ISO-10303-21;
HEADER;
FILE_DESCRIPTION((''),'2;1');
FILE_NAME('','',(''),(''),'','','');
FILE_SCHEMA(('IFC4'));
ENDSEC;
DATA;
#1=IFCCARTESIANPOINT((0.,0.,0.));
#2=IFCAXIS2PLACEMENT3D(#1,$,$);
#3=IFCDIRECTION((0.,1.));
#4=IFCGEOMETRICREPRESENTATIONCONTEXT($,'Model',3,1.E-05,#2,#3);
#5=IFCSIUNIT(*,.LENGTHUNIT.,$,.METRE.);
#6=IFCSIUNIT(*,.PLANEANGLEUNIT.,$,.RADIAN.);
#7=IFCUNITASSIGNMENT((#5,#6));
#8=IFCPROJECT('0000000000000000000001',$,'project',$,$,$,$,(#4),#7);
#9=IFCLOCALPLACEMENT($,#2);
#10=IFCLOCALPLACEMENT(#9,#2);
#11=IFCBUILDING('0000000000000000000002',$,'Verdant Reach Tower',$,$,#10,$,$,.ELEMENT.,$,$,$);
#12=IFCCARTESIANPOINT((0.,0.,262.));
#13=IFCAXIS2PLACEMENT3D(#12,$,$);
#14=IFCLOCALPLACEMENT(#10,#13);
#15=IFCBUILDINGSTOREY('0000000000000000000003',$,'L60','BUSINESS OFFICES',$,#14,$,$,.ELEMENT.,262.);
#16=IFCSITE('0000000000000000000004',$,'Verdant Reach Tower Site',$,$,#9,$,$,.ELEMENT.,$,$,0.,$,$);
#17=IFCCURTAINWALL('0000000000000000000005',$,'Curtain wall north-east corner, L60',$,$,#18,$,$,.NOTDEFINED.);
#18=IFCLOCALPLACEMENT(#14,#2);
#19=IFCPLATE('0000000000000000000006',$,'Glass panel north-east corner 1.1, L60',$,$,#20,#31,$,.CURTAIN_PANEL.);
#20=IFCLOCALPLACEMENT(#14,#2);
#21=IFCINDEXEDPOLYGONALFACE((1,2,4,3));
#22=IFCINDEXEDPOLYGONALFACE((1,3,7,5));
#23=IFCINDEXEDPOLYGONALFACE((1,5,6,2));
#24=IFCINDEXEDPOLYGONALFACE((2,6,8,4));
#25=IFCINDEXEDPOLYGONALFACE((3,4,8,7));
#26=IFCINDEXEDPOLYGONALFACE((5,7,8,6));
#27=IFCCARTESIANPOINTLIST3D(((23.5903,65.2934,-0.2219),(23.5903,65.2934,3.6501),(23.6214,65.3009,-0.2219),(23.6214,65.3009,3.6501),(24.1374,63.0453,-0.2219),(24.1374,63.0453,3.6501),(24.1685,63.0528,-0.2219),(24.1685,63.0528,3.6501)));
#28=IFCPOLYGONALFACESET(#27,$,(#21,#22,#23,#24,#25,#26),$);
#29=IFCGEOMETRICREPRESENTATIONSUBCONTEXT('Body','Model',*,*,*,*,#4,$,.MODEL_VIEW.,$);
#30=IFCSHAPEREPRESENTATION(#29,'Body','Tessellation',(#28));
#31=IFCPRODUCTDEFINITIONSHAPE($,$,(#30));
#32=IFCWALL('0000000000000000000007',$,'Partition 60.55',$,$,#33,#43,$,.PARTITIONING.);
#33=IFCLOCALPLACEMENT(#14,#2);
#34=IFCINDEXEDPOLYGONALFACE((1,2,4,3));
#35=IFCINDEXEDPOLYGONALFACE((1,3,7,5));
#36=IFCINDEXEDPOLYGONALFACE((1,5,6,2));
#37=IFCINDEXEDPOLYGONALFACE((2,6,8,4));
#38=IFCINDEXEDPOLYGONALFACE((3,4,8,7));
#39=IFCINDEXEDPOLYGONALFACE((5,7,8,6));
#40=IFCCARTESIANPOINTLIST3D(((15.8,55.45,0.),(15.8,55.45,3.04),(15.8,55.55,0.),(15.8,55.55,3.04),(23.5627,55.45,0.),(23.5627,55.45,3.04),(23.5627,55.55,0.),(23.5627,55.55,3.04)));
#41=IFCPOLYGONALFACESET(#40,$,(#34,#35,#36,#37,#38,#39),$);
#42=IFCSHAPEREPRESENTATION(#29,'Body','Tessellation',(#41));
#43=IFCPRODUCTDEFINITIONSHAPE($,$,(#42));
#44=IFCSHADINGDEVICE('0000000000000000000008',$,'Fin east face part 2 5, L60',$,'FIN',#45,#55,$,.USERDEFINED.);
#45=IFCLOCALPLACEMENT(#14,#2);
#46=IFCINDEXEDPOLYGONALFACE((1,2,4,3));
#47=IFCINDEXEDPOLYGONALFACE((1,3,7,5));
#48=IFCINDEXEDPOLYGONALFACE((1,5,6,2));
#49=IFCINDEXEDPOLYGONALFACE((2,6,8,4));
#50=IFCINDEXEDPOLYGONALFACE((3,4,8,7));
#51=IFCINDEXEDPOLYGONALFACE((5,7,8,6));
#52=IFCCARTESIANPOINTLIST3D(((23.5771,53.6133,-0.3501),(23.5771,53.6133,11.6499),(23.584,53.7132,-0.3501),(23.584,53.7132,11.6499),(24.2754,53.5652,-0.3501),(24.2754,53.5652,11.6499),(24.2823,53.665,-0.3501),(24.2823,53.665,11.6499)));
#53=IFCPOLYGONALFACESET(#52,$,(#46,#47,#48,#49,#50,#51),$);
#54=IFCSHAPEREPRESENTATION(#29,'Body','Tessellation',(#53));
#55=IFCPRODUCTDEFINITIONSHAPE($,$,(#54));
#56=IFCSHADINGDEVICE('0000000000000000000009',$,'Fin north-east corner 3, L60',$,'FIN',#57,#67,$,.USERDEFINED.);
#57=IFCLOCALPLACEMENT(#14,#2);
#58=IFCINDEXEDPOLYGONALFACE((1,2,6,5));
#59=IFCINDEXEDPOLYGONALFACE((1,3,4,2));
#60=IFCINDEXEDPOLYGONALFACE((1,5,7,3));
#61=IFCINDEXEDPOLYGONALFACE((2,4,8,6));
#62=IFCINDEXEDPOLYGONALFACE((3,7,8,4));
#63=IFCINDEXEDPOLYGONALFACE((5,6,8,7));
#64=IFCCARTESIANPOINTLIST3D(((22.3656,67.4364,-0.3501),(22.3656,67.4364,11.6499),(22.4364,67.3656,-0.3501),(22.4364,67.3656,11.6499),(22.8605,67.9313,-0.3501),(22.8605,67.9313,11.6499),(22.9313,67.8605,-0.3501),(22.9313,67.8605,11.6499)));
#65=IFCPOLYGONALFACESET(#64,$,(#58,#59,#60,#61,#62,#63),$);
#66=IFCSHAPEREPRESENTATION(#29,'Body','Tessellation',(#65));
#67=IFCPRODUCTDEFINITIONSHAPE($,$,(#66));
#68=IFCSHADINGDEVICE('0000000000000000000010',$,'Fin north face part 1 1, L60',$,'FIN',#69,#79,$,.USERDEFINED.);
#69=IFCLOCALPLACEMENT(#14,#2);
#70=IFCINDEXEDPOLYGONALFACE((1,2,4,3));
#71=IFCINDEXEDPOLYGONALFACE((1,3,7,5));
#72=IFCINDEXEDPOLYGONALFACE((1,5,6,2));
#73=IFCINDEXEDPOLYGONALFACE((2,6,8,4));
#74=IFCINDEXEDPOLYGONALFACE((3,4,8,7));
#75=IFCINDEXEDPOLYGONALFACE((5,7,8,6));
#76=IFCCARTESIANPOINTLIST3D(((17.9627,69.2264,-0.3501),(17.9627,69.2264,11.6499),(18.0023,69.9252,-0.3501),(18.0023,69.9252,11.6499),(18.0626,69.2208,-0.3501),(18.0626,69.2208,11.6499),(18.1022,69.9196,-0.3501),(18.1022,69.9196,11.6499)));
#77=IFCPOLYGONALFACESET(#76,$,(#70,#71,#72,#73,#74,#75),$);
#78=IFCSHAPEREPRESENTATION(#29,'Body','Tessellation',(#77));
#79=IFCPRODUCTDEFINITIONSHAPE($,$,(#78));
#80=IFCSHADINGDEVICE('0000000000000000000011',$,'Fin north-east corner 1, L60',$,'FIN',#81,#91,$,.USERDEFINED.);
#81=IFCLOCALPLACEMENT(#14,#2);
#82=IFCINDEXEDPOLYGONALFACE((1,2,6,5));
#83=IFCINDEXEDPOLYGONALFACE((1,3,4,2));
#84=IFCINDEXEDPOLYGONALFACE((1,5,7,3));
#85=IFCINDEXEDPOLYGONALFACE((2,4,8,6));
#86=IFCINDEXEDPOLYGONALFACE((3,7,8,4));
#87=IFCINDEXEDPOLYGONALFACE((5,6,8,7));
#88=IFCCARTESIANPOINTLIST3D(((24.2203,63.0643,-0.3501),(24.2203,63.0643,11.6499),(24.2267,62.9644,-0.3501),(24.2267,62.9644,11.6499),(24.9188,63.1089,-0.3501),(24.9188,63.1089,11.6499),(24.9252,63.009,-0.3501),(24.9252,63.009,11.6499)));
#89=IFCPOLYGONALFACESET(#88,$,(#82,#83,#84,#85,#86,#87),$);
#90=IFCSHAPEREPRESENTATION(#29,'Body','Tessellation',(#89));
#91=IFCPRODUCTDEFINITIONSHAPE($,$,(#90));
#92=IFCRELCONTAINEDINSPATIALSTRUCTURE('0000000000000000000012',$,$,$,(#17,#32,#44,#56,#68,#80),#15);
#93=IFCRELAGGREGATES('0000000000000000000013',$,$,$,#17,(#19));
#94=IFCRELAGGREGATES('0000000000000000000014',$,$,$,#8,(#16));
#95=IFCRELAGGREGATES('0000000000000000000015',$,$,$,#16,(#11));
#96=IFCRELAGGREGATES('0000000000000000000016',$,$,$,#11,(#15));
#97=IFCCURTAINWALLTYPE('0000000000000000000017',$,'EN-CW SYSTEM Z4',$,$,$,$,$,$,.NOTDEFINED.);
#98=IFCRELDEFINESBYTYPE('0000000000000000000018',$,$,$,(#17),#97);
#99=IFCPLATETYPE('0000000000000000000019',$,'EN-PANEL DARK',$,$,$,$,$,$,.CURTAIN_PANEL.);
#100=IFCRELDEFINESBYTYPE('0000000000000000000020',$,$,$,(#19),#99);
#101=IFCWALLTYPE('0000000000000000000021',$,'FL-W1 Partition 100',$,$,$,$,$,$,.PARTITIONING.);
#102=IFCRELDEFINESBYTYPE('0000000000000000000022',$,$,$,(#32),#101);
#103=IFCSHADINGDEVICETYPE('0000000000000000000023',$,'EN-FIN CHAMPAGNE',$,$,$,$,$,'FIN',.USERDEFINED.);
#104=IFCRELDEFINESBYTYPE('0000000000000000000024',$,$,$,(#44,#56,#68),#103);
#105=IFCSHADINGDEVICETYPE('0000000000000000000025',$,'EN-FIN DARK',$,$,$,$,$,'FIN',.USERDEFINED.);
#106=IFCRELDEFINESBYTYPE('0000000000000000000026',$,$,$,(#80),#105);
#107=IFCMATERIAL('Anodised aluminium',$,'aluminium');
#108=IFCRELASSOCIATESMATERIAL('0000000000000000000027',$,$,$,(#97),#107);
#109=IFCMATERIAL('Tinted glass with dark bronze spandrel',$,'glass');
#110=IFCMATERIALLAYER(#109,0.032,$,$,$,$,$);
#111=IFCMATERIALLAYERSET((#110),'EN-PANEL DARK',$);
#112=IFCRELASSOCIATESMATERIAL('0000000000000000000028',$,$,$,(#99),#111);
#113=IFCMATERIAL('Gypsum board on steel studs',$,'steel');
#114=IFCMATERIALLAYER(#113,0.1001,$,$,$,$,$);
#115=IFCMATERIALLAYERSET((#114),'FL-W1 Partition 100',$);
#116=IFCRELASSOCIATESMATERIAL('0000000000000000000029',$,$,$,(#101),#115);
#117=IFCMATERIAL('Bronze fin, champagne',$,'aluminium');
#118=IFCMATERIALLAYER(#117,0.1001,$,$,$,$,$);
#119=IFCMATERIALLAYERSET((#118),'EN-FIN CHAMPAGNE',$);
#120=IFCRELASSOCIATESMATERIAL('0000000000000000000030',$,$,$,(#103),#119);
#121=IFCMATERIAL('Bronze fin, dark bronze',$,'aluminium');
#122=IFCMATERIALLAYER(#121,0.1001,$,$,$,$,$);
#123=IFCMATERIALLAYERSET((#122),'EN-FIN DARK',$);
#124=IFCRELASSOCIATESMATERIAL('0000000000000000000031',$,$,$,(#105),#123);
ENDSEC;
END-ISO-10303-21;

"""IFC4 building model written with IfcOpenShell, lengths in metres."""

from ifc_helpers import new_model, si_unit, direction, frame, frame_2d, origin, origin_2d, place, context, subcontext, project, spatial, rectangle, extrude, material, layer, layer_set, type_object, element, aggregate, save


model = new_model("IFC4")

# Units and contexts
model_context = context("Model", 3, precision=1e-05, world=origin(), true_north=direction((0.0, 1.0)))
body_context = subcontext(model_context, "Body", "Model", "MODEL_VIEW")
ifc_project = project(units=[si_unit("LENGTHUNIT", "METRE"), si_unit("PLANEANGLEUNIT", "RADIAN")], contexts=[model_context])

# Site, building, storey
site_placement = place(None, origin())
site = spatial("IfcSite", under=ifc_project, at=site_placement, Name="Verdant Reach Tower Site", CompositionType="ELEMENT", RefElevation=0.0)
building_placement = place(site_placement, origin())
building = spatial("IfcBuilding", under=site, at=building_placement, Name="Verdant Reach Tower", CompositionType="ELEMENT")
storey_placement = place(building_placement, frame((0.0, 0.0, 262.0)))
storey = spatial("IfcBuildingStorey", under=building, at=storey_placement, Name="L60", Description="BUSINESS OFFICES", CompositionType="ELEMENT", Elevation=262.0)

# Curtain wall
ifc_material_1 = material(Name="Anodised aluminium", Category="aluminium")
curtain_wall_type = type_object("IfcCurtainWallType", Name="EN-CW SYSTEM Z4", PredefinedType="NOTDEFINED", material=ifc_material_1)
curtain_wall_1_placement = place(storey_placement, origin())
curtain_wall_1 = element("IfcCurtainWall", 1, at=curtain_wall_1_placement, inside=storey, type_object=curtain_wall_type, Name="Curtain wall north-east corner, L60", PredefinedType="NOTDEFINED")

# Plate
ifc_material_2 = material(Name="Tinted glass with dark bronze spandrel", Category="glass")
ifc_layer_1 = layer(ifc_material_2, 0.032)
ifc_layer_set_1 = layer_set([ifc_layer_1], Name="EN-PANEL DARK")
plate_type_1 = type_object("IfcPlateType", Name="EN-PANEL DARK", PredefinedType="CURTAIN_PANEL", material=ifc_layer_set_1)
plate_1_placement = place(storey_placement, frame((23.8794, 64.1731, -0.2219), z_axis=(0.0, 0.0, 1.0), x_axis=(-0.236459, 0.971642, 0.0)))
plate_1 = element("IfcPlate", 2, at=plate_1_placement, type_object=plate_type_1, Name="Glass panel north-east corner 1.1, L60", PredefinedType="CURTAIN_PANEL", context=body_context, shape_type="SweptSolid", body=[
    extrude(rectangle(XDim=2.3137, YDim=0.032, at=origin_2d()), origin(), (0.0, 0.0, 1.0), 3.8721),
])
aggregate(curtain_wall_1, [plate_1])

# Wall
ifc_material_3 = material(Name="Gypsum board on steel studs", Category="steel")
ifc_layer_2 = layer(ifc_material_3, 0.1001)
ifc_layer_set_2 = layer_set([ifc_layer_2], Name="FL-W1 Partition 100")
wall_type = type_object("IfcWallType", Name="FL-W1 Partition 100", PredefinedType="PARTITIONING", material=ifc_layer_set_2)
wall_placement = place(storey_placement, frame((23.5627, 55.5, 0.0), z_axis=(0.0, 0.0, 1.0), x_axis=(-1.0, 0.0, 0.0)))
element("IfcWall", 3, at=wall_placement, inside=storey, type_object=wall_type, Name="Partition 60.55", PredefinedType="PARTITIONING", context=body_context, shape_type="SweptSolid", body=[
    extrude(rectangle(XDim=7.7627, YDim=0.1001, at=frame_2d((3.8813, 0.0))), origin(), (0.0, 0.0, 1.0), 3.04),
])

# Shading devices
ifc_material_4 = material(Name="Bronze fin, champagne", Category="aluminium")
ifc_layer_3 = layer(ifc_material_4, 0.1001)
ifc_layer_set_3 = layer_set([ifc_layer_3], Name="EN-FIN CHAMPAGNE")
shading_device_type_1 = type_object("IfcShadingDeviceType", Name="EN-FIN CHAMPAGNE", ElementType="FIN", PredefinedType="USERDEFINED", material=ifc_layer_set_3)
for number, where, z_axis, x_axis, name in (
    (4, (23.9297, 53.6392, -0.3501), (0.0, 0.0, 1.0), (0.068802, 0.99763, 0.0), "Fin east face part 2 5, L60"),
    (5, (22.6484, 67.6484, -0.3501), (0.0, 0.0, 1.0), (-0.707107, 0.707107, 0.0), "Fin north-east corner 3, L60"),
    (6, (18.0325, 69.573, -0.3501), (0.0, 0.0, 1.0), (-0.998399, 0.056569, 0.0), "Fin north face part 1 1, L60"),
):
    element("IfcShadingDevice", number, at=place(storey_placement, frame(where, z_axis=z_axis, x_axis=x_axis)), inside=storey, type_object=shading_device_type_1, Name=name, ObjectType="FIN", PredefinedType="USERDEFINED", context=body_context, shape_type="SweptSolid", body=[
        extrude(rectangle(XDim=0.1001, YDim=0.7, at=origin_2d()), origin(), (0.0, 0.0, 1.0), 12.0),
    ])
ifc_material_5 = material(Name="Bronze fin, dark bronze", Category="aluminium")
ifc_layer_4 = layer(ifc_material_5, 0.1001)
ifc_layer_set_4 = layer_set([ifc_layer_4], Name="EN-FIN DARK")
shading_device_type_2 = type_object("IfcShadingDeviceType", Name="EN-FIN DARK", ElementType="FIN", PredefinedType="USERDEFINED", material=ifc_layer_set_4)
shading_device_placement = place(storey_placement, frame((24.5728, 63.0366, -0.3501), z_axis=(0.0, 0.0, 1.0), x_axis=(-0.063699, 0.997969, 0.0)))
element("IfcShadingDevice", 7, at=shading_device_placement, inside=storey, type_object=shading_device_type_2, Name="Fin north-east corner 1, L60", ObjectType="FIN", PredefinedType="USERDEFINED", context=body_context, shape_type="SweptSolid", body=[
    extrude(rectangle(XDim=0.1001, YDim=0.7, at=origin_2d()), origin(), (0.0, 0.0, 1.0), 12.0),
])

save(model, "model.ifc")
